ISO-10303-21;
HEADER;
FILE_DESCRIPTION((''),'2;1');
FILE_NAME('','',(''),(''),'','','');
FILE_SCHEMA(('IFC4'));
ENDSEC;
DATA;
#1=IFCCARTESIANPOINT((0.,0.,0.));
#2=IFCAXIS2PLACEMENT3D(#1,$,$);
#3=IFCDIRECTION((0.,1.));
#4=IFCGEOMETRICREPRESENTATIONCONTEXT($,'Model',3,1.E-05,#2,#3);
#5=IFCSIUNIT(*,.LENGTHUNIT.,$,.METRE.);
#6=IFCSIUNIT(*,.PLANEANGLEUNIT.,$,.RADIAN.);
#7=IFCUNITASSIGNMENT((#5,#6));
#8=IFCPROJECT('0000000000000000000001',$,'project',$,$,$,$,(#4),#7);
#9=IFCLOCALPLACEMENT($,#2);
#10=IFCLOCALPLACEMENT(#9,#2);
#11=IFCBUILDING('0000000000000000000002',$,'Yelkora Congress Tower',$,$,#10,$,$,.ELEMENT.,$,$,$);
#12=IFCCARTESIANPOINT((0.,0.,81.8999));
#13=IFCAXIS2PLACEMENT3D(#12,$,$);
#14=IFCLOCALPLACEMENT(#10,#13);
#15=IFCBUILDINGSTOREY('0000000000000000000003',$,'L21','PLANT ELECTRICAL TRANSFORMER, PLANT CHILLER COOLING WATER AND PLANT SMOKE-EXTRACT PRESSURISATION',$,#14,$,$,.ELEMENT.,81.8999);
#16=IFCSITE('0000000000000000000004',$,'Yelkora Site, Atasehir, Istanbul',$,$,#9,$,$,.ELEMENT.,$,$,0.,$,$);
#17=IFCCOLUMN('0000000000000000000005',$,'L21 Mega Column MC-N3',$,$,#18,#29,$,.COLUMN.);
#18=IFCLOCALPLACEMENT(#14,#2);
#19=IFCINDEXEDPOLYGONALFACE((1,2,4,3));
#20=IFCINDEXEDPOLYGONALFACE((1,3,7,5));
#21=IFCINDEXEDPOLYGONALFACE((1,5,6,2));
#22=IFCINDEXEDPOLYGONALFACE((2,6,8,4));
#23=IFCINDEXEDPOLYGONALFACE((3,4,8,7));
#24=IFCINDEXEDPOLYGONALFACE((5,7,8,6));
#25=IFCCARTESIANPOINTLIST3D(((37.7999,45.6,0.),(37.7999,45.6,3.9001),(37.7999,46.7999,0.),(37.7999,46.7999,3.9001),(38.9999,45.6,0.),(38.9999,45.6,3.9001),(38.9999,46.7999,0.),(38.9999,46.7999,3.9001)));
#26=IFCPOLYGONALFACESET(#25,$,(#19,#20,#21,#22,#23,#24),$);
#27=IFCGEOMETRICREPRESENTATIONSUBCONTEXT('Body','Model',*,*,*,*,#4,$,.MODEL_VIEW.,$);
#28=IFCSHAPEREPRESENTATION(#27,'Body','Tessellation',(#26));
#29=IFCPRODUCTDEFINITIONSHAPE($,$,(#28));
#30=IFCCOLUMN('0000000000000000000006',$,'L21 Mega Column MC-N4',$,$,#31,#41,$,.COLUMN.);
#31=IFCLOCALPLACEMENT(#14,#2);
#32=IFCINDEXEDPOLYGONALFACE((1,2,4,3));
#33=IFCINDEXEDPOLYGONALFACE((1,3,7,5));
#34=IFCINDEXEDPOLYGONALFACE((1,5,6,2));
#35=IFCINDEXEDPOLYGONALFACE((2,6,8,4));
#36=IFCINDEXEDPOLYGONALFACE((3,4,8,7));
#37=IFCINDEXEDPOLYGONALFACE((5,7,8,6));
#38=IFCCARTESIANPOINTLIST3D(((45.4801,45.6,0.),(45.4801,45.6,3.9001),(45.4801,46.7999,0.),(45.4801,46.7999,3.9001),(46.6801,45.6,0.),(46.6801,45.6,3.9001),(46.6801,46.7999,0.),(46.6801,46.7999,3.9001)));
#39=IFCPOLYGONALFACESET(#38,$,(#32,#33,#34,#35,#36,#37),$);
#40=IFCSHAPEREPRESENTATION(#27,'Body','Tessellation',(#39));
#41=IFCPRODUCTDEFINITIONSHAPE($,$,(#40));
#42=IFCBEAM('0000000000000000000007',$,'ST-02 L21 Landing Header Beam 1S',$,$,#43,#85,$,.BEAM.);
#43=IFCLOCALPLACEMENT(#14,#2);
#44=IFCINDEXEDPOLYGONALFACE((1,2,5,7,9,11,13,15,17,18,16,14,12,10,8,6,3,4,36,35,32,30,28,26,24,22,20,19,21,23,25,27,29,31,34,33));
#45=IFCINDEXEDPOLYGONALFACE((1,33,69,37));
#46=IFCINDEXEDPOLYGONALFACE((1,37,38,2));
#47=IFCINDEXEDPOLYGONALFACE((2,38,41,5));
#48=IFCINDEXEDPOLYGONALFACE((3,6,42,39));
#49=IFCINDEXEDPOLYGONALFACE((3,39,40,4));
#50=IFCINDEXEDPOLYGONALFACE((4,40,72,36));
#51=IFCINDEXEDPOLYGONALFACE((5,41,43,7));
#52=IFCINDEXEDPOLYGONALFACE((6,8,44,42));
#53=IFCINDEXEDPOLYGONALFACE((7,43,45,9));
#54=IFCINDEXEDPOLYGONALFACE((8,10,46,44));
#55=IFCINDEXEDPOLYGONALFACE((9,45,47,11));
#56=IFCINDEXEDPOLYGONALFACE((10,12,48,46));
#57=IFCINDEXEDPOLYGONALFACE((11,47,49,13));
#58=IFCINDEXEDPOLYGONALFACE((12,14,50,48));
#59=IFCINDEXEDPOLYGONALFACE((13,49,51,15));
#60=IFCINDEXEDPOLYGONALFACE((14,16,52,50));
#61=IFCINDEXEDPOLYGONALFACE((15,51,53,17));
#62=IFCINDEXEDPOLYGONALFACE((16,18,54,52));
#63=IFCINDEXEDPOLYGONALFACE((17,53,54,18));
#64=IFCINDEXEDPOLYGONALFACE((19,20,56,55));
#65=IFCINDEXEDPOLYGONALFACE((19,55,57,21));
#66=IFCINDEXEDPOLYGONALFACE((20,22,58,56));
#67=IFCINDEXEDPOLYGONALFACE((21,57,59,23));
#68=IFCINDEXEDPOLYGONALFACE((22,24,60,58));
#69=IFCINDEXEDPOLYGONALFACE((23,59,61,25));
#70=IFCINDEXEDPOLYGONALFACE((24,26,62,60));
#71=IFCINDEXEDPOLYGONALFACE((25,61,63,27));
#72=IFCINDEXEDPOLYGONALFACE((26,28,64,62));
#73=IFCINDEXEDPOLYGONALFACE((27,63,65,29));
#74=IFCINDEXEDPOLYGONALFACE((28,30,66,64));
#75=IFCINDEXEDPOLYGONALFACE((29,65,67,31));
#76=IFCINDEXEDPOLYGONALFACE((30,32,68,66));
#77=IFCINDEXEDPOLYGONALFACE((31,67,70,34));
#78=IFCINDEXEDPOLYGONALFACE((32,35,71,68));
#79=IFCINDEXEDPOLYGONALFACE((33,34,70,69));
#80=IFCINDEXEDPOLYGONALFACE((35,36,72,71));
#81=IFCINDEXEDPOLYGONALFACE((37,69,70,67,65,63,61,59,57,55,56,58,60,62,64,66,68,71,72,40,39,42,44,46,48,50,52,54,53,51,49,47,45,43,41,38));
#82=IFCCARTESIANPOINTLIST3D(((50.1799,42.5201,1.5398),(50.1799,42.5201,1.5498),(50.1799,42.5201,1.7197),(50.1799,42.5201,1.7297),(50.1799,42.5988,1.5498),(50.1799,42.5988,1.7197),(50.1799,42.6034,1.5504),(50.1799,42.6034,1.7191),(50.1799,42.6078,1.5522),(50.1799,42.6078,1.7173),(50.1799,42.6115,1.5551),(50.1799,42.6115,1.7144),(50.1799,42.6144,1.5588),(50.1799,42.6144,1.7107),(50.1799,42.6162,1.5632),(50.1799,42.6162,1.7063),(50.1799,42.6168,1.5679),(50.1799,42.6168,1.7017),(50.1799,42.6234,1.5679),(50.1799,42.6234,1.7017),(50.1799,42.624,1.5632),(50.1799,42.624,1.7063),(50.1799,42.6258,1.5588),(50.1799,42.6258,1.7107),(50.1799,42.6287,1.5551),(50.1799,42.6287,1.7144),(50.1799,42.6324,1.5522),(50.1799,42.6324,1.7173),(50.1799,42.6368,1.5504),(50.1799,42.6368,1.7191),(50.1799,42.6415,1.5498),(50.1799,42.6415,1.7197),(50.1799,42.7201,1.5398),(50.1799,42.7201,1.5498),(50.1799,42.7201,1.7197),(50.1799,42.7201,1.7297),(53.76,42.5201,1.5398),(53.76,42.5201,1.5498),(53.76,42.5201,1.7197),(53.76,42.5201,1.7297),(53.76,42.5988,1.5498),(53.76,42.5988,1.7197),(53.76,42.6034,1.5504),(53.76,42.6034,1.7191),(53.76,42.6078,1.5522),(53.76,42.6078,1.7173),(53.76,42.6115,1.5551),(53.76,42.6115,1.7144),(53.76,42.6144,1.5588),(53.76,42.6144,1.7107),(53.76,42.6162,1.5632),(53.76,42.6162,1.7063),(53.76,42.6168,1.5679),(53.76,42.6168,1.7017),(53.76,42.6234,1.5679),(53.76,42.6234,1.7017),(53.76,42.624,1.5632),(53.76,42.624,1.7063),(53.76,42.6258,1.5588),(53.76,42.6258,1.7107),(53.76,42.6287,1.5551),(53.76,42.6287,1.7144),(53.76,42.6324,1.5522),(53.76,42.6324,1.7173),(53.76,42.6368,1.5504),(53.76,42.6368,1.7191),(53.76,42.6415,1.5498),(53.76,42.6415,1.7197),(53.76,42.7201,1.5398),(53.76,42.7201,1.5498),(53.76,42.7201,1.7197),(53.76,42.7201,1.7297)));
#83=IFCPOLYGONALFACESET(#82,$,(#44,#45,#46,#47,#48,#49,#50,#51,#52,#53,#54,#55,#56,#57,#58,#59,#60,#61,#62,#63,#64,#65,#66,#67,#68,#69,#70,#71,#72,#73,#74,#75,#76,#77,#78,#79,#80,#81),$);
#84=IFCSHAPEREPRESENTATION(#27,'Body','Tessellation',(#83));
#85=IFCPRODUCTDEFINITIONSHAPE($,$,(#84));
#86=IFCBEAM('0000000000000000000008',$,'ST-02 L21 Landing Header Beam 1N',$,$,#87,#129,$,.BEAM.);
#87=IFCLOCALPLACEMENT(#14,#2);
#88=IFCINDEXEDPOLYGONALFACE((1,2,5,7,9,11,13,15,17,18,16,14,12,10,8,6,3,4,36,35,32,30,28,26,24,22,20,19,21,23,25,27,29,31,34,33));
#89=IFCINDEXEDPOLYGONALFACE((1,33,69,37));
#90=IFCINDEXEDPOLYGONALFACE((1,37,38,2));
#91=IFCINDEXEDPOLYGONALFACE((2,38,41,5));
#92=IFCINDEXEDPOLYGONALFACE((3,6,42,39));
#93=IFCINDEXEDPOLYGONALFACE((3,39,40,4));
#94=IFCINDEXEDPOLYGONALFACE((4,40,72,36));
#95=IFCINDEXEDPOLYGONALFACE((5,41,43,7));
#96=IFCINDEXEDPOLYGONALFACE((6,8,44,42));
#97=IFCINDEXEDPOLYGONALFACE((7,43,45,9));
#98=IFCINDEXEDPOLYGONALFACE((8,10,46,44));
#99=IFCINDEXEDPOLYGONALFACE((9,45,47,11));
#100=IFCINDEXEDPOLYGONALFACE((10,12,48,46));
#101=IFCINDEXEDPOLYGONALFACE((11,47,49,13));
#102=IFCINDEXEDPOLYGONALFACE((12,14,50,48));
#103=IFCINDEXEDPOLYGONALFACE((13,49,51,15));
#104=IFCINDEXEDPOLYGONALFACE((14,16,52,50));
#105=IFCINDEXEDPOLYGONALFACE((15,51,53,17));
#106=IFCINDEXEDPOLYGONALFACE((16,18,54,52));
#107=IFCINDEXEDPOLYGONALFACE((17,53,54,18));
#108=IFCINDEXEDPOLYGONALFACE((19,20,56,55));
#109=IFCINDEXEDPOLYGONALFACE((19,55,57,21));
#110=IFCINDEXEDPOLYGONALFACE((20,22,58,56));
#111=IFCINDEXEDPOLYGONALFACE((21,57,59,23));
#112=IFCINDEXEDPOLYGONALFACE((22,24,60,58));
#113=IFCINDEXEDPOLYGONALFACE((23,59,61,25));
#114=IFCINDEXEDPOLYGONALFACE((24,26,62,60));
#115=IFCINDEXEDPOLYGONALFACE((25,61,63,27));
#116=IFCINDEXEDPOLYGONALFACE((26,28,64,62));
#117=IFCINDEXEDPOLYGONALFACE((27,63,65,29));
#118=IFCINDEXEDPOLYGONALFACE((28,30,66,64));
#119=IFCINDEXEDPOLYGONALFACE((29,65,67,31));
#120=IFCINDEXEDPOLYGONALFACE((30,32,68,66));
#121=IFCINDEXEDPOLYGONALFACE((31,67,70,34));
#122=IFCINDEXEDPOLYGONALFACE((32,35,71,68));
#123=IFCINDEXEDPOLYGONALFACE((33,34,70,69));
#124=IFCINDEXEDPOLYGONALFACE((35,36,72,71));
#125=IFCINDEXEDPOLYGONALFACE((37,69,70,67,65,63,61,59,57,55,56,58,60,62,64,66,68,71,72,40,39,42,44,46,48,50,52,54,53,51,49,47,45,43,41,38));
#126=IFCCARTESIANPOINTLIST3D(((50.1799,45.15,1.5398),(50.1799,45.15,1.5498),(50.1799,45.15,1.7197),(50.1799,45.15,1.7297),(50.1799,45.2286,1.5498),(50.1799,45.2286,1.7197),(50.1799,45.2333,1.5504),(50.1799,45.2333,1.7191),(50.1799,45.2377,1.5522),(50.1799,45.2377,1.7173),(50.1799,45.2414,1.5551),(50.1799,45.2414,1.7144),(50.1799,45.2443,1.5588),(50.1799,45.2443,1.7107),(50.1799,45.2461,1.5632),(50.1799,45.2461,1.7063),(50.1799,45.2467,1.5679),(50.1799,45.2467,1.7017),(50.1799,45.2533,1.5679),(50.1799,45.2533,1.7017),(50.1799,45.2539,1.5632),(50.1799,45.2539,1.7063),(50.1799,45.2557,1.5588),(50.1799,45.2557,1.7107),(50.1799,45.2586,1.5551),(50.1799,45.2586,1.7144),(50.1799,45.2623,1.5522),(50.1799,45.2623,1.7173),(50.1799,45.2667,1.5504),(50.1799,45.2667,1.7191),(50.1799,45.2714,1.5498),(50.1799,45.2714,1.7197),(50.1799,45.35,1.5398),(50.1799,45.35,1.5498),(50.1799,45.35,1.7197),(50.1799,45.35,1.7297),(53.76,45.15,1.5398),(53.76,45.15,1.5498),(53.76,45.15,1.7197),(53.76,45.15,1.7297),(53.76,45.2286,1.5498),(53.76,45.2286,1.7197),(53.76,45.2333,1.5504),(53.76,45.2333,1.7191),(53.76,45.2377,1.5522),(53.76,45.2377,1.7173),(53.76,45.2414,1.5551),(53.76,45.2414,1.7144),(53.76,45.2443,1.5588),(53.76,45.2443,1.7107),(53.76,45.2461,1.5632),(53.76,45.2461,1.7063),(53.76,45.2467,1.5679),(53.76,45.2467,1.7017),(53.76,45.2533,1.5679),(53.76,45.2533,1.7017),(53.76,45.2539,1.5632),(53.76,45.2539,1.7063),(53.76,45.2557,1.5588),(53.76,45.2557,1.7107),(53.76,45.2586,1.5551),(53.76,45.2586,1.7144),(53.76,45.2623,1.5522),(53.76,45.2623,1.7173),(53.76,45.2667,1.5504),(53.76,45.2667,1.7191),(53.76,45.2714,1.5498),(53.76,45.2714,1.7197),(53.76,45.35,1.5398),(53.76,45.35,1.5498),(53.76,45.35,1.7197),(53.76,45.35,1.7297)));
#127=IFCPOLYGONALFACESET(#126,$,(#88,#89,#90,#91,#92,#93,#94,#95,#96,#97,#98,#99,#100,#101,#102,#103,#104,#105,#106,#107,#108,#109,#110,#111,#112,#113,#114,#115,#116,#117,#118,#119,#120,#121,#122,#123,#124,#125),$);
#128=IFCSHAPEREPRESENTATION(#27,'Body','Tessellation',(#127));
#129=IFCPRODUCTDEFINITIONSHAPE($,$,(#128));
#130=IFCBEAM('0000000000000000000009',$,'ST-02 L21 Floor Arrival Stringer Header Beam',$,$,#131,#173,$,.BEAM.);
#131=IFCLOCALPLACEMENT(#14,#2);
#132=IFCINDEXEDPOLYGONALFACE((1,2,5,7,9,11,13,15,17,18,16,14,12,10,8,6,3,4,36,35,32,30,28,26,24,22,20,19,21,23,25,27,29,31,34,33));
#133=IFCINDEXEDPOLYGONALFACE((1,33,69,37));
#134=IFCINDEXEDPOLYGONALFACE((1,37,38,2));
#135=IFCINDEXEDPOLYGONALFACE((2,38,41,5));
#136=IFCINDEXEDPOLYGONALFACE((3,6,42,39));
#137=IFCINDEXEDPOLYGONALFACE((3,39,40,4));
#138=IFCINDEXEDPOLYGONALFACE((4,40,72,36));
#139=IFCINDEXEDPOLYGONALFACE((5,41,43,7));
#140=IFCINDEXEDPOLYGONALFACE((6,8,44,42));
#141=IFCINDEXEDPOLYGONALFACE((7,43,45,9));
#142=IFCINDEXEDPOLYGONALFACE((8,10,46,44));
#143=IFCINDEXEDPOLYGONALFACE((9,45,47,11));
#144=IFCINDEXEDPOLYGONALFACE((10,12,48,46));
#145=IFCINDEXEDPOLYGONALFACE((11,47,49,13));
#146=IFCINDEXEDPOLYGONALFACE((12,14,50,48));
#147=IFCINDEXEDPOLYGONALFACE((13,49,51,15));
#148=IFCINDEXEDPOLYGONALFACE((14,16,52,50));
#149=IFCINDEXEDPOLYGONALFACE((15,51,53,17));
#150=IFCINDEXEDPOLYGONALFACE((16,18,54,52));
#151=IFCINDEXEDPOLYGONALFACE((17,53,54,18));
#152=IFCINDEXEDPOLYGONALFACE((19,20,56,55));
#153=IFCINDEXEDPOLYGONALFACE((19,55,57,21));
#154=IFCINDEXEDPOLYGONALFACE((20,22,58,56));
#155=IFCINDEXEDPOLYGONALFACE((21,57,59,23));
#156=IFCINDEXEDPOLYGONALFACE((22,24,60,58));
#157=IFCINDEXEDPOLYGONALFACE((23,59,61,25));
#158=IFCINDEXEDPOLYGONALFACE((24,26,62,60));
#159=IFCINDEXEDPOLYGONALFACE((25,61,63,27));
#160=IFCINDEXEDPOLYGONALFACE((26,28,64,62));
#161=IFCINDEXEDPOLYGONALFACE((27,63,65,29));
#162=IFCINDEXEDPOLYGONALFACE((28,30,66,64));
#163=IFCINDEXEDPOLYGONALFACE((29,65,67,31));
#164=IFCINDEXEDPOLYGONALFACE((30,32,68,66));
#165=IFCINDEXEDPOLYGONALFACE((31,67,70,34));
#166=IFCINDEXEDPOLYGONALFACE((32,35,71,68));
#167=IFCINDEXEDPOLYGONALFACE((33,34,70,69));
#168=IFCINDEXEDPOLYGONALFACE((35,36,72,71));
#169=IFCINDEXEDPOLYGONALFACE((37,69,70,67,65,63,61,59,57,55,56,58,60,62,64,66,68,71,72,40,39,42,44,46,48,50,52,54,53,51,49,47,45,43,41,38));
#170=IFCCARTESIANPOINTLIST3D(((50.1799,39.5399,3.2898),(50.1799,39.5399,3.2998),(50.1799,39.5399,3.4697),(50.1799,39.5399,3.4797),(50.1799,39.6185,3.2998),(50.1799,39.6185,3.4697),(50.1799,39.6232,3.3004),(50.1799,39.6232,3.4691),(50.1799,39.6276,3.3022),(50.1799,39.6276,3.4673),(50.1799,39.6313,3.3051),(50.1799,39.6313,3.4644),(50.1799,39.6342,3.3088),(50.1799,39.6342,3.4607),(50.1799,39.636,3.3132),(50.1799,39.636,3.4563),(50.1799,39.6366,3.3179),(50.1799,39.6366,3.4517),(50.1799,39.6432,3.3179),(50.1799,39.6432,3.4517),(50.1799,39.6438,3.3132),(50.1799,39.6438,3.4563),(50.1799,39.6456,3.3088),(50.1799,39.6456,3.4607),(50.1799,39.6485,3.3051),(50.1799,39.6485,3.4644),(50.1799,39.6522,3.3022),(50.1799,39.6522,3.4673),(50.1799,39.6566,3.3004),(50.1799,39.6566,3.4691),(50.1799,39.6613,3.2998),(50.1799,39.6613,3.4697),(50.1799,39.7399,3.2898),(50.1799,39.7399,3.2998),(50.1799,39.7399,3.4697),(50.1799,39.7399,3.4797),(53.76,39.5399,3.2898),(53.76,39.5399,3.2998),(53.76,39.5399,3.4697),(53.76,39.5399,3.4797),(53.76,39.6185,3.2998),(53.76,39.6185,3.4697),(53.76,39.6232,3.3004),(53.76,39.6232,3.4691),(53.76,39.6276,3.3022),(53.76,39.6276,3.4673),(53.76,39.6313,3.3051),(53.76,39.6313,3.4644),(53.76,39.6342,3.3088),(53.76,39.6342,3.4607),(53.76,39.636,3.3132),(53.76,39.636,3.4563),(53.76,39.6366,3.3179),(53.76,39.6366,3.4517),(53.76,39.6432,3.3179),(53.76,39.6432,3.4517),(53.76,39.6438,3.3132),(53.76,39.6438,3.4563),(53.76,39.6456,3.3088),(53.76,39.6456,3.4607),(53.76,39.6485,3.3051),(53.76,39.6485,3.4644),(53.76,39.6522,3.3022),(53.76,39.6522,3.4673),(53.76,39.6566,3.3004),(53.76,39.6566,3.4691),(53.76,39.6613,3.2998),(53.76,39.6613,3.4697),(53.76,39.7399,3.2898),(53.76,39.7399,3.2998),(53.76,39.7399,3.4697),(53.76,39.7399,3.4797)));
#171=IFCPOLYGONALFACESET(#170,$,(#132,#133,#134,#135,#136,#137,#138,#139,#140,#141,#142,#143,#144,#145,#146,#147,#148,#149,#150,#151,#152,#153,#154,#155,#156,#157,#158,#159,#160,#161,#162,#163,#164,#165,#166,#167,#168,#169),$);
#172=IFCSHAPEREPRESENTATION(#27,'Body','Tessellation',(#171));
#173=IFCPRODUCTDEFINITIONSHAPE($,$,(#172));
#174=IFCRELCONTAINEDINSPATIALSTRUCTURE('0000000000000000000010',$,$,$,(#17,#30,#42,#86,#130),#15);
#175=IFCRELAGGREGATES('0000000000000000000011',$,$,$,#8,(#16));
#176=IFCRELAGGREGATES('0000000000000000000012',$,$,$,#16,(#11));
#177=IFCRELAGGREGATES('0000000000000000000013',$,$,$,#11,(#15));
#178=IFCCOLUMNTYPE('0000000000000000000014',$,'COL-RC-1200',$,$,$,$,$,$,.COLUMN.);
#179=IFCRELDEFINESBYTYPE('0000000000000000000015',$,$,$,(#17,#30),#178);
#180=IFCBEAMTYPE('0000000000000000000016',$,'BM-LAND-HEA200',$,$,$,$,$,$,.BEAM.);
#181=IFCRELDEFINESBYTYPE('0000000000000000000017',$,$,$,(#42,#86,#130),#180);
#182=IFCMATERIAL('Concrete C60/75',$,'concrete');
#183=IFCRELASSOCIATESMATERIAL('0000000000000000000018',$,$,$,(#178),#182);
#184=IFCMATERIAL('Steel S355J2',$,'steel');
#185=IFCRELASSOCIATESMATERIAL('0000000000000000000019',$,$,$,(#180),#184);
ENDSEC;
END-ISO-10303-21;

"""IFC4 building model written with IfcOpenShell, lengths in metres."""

from ifc_helpers import new_model, si_unit, direction, frame, origin, origin_2d, place, context, subcontext, project, spatial, rectangle, i_section, extrude, material, material_profile, profile_set, type_object, element, save


model = new_model("IFC4")

# Units and contexts
model_context = context("Model", 3, precision=1e-05, world=origin(), true_north=direction((0.0, 1.0)))
body_context = subcontext(model_context, "Body", "Model", "MODEL_VIEW")
ifc_project = project(units=[si_unit("LENGTHUNIT", "METRE"), si_unit("PLANEANGLEUNIT", "RADIAN")], contexts=[model_context])

# Site, building, storey
site_placement = place(None, origin())
site = spatial("IfcSite", under=ifc_project, at=site_placement, Name="Yelkora Site, Atasehir, Istanbul", CompositionType="ELEMENT", RefElevation=0.0)
building_placement = place(site_placement, origin())
building = spatial("IfcBuilding", under=site, at=building_placement, Name="Yelkora Congress Tower", CompositionType="ELEMENT")
storey_placement = place(building_placement, frame((0.0, 0.0, 81.8999)))
storey = spatial("IfcBuildingStorey", under=building, at=storey_placement, Name="L21", Description="PLANT ELECTRICAL TRANSFORMER, PLANT CHILLER COOLING WATER AND PLANT SMOKE-EXTRACT PRESSURISATION", CompositionType="ELEMENT", Elevation=81.8999)

# Columns
ifc_material_1 = material(Name="Concrete C60/75", Category="concrete")
ifc_material_profile_1 = material_profile(ifc_material_1, rectangle(XDim=1.2, YDim=1.2, at=origin_2d()), Name="RC 1200x1200")
ifc_profile_set_1 = profile_set([ifc_material_profile_1], Name="Concrete C60/75")
column_type = type_object("IfcColumnType", Name="COL-RC-1200", PredefinedType="COLUMN", material=ifc_profile_set_1)
for number, where, z_axis, x_axis, name in (
    (1, (38.3999, 46.2, 0.0), (0.0, 0.0, 1.0), (1.0, 0.0, 0.0), "L21 Mega Column MC-N3"),
    (2, (46.0801, 46.2, 0.0), (0.0, 0.0, 1.0), (1.0, 0.0, 0.0), "L21 Mega Column MC-N4"),
):
    element("IfcColumn", number, at=place(storey_placement, frame(where, z_axis=z_axis, x_axis=x_axis)), inside=storey, type_object=column_type, Name=name, PredefinedType="COLUMN", context=body_context, shape_type="SweptSolid", body=[
        extrude(rectangle(XDim=1.2, YDim=1.2, at=origin_2d()), origin(), (0.0, 0.0, 1.0), 3.9001),
    ])

# Beams
ifc_material_2 = material(Name="Steel S355J2", Category="steel")
ifc_material_profile_2 = material_profile(ifc_material_2, i_section(OverallWidth=0.2, OverallDepth=0.1899, WebThickness=0.0066, FlangeThickness=0.01, FilletRadius=0.0181, at=origin_2d()), Name="HEA 200")
ifc_profile_set_2 = profile_set([ifc_material_profile_2], Name="Steel S355J2")
beam_type_1 = type_object("IfcBeamType", Name="BM-LAND-HEA200", PredefinedType="BEAM", material=ifc_profile_set_2)
for number, where, z_axis, x_axis, name in (
    (3, (50.1799, 42.6201, 1.6348), (1.0, 0.0, 0.0), (0.0, 1.0, 0.0), "ST-02 L21 Landing Header Beam 1S"),
    (4, (50.1799, 45.25, 1.6348), (1.0, 0.0, 0.0), (0.0, 1.0, 0.0), "ST-02 L21 Landing Header Beam 1N"),
    (5, (50.1799, 39.6399, 3.3848), (1.0, 0.0, 0.0), (0.0, 1.0, 0.0), "ST-02 L21 Floor Arrival Stringer Header Beam"),
):
    element("IfcBeam", number, at=place(storey_placement, frame(where, z_axis=z_axis, x_axis=x_axis)), inside=storey, type_object=beam_type_1, Name=name, PredefinedType="BEAM", context=body_context, shape_type="SweptSolid", body=[
        extrude(i_section(OverallWidth=0.2, OverallDepth=0.1899, WebThickness=0.0066, FlangeThickness=0.01, FilletRadius=0.0181, at=origin_2d()), origin(), (0.0, 0.0, 1.0), 3.5801),
    ])

save(model, "model.ifc")
